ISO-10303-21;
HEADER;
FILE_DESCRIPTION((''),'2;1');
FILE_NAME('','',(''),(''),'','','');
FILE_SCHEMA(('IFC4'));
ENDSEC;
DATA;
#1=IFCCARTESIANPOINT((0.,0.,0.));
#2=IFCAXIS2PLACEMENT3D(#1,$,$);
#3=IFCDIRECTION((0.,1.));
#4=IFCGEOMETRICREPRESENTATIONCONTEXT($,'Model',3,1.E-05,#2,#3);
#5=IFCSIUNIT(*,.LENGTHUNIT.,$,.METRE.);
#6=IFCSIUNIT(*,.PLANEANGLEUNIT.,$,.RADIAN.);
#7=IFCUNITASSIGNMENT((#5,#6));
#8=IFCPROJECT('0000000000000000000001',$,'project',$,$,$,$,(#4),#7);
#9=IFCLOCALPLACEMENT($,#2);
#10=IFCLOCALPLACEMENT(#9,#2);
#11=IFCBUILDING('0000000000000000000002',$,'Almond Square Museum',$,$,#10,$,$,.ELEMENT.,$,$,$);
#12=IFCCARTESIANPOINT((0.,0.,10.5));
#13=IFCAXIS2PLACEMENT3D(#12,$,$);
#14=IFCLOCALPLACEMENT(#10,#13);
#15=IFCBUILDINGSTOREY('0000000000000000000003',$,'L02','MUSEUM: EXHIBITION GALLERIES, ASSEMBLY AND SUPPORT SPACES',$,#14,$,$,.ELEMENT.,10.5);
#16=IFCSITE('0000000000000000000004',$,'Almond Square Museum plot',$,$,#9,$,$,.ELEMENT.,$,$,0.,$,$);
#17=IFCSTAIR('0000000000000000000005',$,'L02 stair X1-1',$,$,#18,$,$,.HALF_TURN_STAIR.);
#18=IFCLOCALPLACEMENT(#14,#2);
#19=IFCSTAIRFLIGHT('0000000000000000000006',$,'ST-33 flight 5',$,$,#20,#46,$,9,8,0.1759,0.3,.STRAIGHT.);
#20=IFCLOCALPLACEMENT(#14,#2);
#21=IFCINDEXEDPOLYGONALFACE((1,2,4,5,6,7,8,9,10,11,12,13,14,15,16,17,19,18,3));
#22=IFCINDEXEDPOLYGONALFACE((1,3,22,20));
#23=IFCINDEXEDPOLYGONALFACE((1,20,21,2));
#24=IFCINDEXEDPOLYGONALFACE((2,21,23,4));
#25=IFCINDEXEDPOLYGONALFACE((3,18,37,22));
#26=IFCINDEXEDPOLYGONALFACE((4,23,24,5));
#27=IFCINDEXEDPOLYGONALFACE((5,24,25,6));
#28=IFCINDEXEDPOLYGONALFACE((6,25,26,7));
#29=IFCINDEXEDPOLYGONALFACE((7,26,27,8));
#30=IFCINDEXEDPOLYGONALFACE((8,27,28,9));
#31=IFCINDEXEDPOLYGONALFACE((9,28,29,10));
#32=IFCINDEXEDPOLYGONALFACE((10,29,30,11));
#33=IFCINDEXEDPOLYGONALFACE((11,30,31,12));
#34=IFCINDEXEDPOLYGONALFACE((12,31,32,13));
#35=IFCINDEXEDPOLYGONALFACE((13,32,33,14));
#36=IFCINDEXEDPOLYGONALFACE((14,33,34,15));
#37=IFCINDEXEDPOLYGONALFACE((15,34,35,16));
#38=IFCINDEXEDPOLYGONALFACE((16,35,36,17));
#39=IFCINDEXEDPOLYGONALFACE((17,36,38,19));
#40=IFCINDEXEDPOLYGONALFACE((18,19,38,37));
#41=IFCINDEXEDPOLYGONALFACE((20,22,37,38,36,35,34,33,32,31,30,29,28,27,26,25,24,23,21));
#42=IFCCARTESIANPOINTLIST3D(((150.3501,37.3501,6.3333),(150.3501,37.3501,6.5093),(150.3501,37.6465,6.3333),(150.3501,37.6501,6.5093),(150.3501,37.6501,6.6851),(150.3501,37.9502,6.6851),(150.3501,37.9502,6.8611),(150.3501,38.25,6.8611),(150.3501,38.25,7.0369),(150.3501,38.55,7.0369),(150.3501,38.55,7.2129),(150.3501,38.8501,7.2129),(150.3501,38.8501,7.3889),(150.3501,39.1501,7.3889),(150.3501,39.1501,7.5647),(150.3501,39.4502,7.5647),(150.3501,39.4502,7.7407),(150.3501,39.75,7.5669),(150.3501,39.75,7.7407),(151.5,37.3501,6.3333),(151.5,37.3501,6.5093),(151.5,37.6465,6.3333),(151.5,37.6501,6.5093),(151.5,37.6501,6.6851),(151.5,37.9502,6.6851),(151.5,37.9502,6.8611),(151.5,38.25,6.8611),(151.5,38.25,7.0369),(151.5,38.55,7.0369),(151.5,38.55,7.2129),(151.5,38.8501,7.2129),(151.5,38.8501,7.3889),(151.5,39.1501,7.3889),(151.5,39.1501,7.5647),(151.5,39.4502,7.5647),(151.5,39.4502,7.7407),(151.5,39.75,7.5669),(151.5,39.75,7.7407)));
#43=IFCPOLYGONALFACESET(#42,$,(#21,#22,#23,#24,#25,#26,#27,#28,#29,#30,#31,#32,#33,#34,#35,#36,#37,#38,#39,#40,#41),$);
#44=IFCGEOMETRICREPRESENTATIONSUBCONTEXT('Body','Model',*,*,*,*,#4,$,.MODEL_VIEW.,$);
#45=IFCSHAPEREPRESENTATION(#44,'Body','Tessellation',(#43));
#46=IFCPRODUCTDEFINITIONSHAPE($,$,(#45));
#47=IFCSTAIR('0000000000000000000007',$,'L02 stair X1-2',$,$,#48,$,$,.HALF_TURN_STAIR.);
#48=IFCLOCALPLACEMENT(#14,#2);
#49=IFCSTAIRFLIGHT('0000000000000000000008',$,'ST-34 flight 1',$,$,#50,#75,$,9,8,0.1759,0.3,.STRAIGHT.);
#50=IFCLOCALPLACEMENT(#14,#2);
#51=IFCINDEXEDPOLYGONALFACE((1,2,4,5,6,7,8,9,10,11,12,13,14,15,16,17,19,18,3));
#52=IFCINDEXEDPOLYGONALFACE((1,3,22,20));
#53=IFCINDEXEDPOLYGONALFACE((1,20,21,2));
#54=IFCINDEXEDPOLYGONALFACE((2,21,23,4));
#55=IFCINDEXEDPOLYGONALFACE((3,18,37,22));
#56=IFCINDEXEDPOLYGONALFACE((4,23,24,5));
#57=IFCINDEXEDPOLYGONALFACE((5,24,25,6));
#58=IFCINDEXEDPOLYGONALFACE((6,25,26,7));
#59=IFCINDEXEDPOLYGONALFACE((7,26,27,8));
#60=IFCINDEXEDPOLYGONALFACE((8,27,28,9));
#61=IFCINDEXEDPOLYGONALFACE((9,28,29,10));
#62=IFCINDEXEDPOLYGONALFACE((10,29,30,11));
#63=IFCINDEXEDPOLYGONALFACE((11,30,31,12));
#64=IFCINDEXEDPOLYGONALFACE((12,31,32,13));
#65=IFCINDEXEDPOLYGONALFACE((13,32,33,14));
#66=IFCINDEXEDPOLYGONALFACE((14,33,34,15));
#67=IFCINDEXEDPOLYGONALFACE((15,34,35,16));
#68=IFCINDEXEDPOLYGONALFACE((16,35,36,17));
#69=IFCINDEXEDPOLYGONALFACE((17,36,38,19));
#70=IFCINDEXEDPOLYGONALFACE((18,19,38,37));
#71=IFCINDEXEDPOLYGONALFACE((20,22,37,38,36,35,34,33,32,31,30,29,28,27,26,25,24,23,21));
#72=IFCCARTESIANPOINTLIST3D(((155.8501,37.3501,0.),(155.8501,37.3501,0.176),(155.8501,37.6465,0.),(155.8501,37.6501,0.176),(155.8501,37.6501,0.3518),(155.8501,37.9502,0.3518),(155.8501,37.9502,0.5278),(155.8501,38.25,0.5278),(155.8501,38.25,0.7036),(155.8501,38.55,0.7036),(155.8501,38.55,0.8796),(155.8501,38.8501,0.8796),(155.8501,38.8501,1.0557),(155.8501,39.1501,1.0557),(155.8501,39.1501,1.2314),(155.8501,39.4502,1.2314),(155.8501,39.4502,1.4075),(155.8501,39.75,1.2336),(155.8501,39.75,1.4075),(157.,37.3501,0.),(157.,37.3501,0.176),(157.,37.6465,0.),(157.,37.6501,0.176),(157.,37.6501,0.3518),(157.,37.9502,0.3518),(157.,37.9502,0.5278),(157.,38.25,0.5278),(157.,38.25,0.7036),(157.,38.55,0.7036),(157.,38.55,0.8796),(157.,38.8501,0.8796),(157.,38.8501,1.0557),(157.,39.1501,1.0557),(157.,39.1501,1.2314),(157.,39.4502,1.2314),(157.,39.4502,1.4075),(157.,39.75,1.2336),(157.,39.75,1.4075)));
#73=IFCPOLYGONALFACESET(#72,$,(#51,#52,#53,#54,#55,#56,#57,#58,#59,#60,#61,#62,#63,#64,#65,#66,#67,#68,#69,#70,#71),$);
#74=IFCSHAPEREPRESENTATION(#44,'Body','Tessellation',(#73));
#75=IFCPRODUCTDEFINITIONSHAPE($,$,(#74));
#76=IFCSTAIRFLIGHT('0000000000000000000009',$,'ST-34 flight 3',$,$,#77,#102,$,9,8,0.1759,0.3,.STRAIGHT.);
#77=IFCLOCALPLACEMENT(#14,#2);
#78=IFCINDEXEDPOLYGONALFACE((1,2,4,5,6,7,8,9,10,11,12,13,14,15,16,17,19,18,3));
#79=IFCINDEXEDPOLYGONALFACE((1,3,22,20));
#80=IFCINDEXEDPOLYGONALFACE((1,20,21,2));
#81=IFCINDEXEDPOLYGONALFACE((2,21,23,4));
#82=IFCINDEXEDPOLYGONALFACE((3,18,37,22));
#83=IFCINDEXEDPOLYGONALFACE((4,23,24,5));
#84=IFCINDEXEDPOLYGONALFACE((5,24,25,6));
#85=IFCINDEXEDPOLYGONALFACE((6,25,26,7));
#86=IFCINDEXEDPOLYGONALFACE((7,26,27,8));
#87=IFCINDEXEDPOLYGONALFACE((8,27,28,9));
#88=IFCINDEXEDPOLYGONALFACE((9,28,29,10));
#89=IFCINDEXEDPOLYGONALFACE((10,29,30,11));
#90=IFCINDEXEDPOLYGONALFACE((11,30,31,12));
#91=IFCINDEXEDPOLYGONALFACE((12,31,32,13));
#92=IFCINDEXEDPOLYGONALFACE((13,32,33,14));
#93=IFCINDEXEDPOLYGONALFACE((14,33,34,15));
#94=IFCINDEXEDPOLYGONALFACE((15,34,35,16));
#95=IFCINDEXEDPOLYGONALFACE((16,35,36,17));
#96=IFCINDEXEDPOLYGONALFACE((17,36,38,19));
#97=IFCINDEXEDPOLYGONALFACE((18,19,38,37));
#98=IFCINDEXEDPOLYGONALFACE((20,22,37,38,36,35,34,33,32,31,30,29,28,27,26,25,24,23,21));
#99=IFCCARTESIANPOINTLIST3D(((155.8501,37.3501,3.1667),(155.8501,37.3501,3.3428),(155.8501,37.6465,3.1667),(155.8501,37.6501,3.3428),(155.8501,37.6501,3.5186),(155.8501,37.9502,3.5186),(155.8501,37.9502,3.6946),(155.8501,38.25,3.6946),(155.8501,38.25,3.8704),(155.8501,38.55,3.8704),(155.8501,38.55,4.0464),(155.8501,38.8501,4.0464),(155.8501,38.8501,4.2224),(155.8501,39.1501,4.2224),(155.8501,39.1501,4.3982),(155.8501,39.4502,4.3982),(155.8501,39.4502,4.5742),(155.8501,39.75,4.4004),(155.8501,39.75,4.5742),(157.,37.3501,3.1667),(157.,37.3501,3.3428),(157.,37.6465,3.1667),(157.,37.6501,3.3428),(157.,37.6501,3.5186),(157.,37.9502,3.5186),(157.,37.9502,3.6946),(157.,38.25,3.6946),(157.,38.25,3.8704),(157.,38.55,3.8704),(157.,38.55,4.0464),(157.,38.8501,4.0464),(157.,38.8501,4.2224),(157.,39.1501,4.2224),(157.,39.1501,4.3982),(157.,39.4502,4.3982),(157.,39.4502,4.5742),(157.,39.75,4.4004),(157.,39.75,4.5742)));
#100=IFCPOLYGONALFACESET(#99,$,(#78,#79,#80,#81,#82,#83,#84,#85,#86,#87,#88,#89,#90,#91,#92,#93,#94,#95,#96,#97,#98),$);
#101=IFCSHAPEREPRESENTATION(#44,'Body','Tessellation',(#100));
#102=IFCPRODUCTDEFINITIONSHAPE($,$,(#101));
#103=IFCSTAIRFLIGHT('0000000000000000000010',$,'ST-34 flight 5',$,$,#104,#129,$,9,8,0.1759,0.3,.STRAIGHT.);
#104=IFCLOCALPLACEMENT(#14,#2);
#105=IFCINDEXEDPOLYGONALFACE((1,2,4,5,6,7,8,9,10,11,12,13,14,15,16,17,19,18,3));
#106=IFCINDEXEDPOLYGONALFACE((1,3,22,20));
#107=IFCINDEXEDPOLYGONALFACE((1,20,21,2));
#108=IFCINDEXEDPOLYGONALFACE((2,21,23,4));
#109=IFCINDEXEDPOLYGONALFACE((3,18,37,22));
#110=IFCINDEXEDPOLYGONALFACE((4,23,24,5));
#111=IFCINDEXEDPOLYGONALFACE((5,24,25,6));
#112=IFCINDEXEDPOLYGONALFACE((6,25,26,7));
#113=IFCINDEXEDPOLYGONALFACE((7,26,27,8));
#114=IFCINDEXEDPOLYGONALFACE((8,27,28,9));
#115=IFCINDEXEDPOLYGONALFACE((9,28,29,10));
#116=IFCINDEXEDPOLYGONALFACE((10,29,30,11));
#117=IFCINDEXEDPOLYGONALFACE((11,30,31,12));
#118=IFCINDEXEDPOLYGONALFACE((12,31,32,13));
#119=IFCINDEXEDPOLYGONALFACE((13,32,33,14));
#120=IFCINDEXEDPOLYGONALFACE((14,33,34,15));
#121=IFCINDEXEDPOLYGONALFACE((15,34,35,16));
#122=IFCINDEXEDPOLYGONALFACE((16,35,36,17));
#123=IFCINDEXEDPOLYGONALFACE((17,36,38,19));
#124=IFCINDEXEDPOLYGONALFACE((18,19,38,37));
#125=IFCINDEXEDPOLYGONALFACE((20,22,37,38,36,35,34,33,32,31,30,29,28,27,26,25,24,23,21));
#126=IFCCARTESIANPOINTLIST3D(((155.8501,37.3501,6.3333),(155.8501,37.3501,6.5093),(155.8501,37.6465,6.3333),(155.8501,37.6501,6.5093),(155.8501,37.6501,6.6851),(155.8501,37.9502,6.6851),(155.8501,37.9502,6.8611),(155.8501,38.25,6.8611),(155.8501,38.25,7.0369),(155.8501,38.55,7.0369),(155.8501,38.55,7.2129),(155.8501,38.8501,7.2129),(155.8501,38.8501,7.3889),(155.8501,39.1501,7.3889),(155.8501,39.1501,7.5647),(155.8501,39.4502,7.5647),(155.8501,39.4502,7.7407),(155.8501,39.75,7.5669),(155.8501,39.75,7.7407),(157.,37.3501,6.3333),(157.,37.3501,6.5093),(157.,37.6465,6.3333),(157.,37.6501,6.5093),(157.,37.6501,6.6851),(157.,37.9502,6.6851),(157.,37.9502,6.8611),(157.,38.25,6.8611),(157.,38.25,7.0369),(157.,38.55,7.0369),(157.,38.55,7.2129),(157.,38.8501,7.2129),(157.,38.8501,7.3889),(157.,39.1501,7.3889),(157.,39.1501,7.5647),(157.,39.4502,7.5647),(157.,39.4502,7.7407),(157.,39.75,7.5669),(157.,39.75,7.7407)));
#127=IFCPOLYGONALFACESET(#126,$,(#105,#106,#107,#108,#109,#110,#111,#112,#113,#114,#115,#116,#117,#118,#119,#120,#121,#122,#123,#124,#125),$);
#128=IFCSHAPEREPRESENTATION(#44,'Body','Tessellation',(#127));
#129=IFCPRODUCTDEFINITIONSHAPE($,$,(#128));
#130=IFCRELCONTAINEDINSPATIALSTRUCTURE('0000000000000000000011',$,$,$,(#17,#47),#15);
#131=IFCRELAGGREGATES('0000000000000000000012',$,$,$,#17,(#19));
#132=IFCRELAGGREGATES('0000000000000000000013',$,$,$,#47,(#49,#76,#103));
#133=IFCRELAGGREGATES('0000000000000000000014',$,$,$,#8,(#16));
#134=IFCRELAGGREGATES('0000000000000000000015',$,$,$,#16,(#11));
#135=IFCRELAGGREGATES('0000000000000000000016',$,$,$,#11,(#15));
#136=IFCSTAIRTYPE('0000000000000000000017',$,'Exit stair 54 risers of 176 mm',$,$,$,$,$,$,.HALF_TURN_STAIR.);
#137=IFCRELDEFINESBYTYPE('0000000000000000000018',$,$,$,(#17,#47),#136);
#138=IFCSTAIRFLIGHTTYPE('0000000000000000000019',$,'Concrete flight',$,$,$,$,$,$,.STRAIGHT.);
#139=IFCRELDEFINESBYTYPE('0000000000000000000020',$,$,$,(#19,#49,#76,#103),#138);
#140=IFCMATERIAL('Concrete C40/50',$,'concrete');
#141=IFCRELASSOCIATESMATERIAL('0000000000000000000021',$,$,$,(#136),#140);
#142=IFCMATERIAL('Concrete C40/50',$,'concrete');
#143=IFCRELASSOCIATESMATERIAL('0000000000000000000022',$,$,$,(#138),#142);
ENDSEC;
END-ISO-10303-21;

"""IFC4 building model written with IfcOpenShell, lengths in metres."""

from ifc_helpers import new_model, si_unit, direction, frame, origin, place, context, subcontext, project, spatial, polyline, outline, extrude, material, type_object, element, aggregate, save


model = new_model("IFC4")

# Units and contexts
model_context = context("Model", 3, precision=1e-05, world=origin(), true_north=direction((0.0, 1.0)))
body_context = subcontext(model_context, "Body", "Model", "MODEL_VIEW")
ifc_project = project(units=[si_unit("LENGTHUNIT", "METRE"), si_unit("PLANEANGLEUNIT", "RADIAN")], contexts=[model_context])

# Site, building, storey
site_placement = place(None, origin())
site = spatial("IfcSite", under=ifc_project, at=site_placement, Name="Almond Square Museum plot", CompositionType="ELEMENT", RefElevation=0.0)
building_placement = place(site_placement, origin())
building = spatial("IfcBuilding", under=site, at=building_placement, Name="Almond Square Museum", CompositionType="ELEMENT")
storey_placement = place(building_placement, frame((0.0, 0.0, 10.5)))
storey = spatial("IfcBuildingStorey", under=building, at=storey_placement, Name="L02", Description="MUSEUM: EXHIBITION GALLERIES, ASSEMBLY AND SUPPORT SPACES", CompositionType="ELEMENT", Elevation=10.5)

# Stairs, stair flights
ifc_material_1 = material(Name="Concrete C40/50", Category="concrete")
stair_type = type_object("IfcStairType", Name="Exit stair 54 risers of 176 mm", PredefinedType="HALF_TURN_STAIR", material=ifc_material_1)
stair_1_placement = place(storey_placement, origin())
stair_1 = element("IfcStair", 1, at=stair_1_placement, inside=storey, type_object=stair_type, Name="L02 stair X1-1", PredefinedType="HALF_TURN_STAIR")
ifc_material_2 = material(Name="Concrete C40/50", Category="concrete")
stair_flight_type = type_object("IfcStairFlightType", Name="Concrete flight", PredefinedType="STRAIGHT", material=ifc_material_2)
stair_flight_1_placement = place(storey_placement, frame((150.925, 37.3501, 6.3333), z_axis=(0.0, 0.0, 1.0), x_axis=(0.0, 1.0, 0.0)))
stair_flight_1 = element("IfcStairFlight", 2, at=stair_flight_1_placement, type_object=stair_flight_type, Name="ST-33 flight 5", NumberOfRisers=9, NumberOfTreads=8, PredefinedType="STRAIGHT", RiserHeight=0.1759, TreadLength=0.3, context=body_context, shape_type="SweptSolid", body=[
    extrude(outline(polyline([(0.0, 0.0), (0.0, 0.176), (0.3, 0.176), (0.3, 0.3518), (0.6001, 0.3518), (0.6001, 0.5278), (0.8999, 0.5278), (0.8999, 0.7036), (1.2, 0.7036), (1.2, 0.8796), (1.5, 0.8796), (1.5, 1.0557), (1.8, 1.0557), (1.8, 1.2314), (2.1001, 1.2314), (2.1001, 1.4075), (2.3999, 1.4075), (2.3999, 1.5833), (2.3999, 1.2336), (0.2964, 0.0), (0.0, 0.0)])), frame((0.0, 0.575, 0.0), z_axis=(0.0, -1.0, 0.0), x_axis=(1.0, 0.0, 0.0)), (0.0, 0.0, 1.0), 1.1499),
])
aggregate(stair_1, [stair_flight_1])
stair_2_placement = place(storey_placement, origin())
stair_2 = element("IfcStair", 3, at=stair_2_placement, inside=storey, type_object=stair_type, Name="L02 stair X1-2", PredefinedType="HALF_TURN_STAIR")
stair_flight_2_placement = place(storey_placement, frame((156.425, 37.3501, 0.0), z_axis=(0.0, 0.0, 1.0), x_axis=(0.0, 1.0, 0.0)))
stair_flight_2 = element("IfcStairFlight", 4, at=stair_flight_2_placement, type_object=stair_flight_type, Name="ST-34 flight 1", NumberOfRisers=9, NumberOfTreads=8, PredefinedType="STRAIGHT", RiserHeight=0.1759, TreadLength=0.3, context=body_context, shape_type="SweptSolid", body=[
    extrude(outline(polyline([(0.0, 0.0), (0.0, 0.176), (0.3, 0.176), (0.3, 0.3518), (0.6001, 0.3518), (0.6001, 0.5278), (0.8999, 0.5278), (0.8999, 0.7036), (1.2, 0.7036), (1.2, 0.8796), (1.5, 0.8796), (1.5, 1.0557), (1.8, 1.0557), (1.8, 1.2314), (2.1001, 1.2314), (2.1001, 1.4075), (2.3999, 1.4075), (2.3999, 1.5833), (2.3999, 1.2336), (0.2964, 0.0), (0.0, 0.0)])), frame((0.0, 0.575, 0.0), z_axis=(0.0, -1.0, 0.0), x_axis=(1.0, 0.0, 0.0)), (0.0, 0.0, 1.0), 1.1499),
])
stair_flight_3_placement = place(storey_placement, frame((156.425, 37.3501, 3.1667), z_axis=(0.0, 0.0, 1.0), x_axis=(0.0, 1.0, 0.0)))
stair_flight_3 = element("IfcStairFlight", 5, at=stair_flight_3_placement, type_object=stair_flight_type, Name="ST-34 flight 3", NumberOfRisers=9, NumberOfTreads=8, PredefinedType="STRAIGHT", RiserHeight=0.1759, TreadLength=0.3, context=body_context, shape_type="SweptSolid", body=[
    extrude(outline(polyline([(0.0, 0.0), (0.0, 0.176), (0.3, 0.176), (0.3, 0.3518), (0.6001, 0.3518), (0.6001, 0.5278), (0.8999, 0.5278), (0.8999, 0.7036), (1.2, 0.7036), (1.2, 0.8796), (1.5, 0.8796), (1.5, 1.0557), (1.8, 1.0557), (1.8, 1.2314), (2.1001, 1.2314), (2.1001, 1.4075), (2.3999, 1.4075), (2.3999, 1.5833), (2.3999, 1.2336), (0.2964, 0.0), (0.0, 0.0)])), frame((0.0, 0.575, 0.0), z_axis=(0.0, -1.0, 0.0), x_axis=(1.0, 0.0, 0.0)), (0.0, 0.0, 1.0), 1.1499),
])
stair_flight_4_placement = place(storey_placement, frame((156.425, 37.3501, 6.3333), z_axis=(0.0, 0.0, 1.0), x_axis=(0.0, 1.0, 0.0)))
stair_flight_4 = element("IfcStairFlight", 6, at=stair_flight_4_placement, type_object=stair_flight_type, Name="ST-34 flight 5", NumberOfRisers=9, NumberOfTreads=8, PredefinedType="STRAIGHT", RiserHeight=0.1759, TreadLength=0.3, context=body_context, shape_type="SweptSolid", body=[
    extrude(outline(polyline([(0.0, 0.0), (0.0, 0.176), (0.3, 0.176), (0.3, 0.3518), (0.6001, 0.3518), (0.6001, 0.5278), (0.8999, 0.5278), (0.8999, 0.7036), (1.2, 0.7036), (1.2, 0.8796), (1.5, 0.8796), (1.5, 1.0557), (1.8, 1.0557), (1.8, 1.2314), (2.1001, 1.2314), (2.1001, 1.4075), (2.3999, 1.4075), (2.3999, 1.5833), (2.3999, 1.2336), (0.2964, 0.0), (0.0, 0.0)])), frame((0.0, 0.575, 0.0), z_axis=(0.0, -1.0, 0.0), x_axis=(1.0, 0.0, 0.0)), (0.0, 0.0, 1.0), 1.1499),
])
aggregate(stair_2, [stair_flight_2, stair_flight_3, stair_flight_4])

save(model, "model.ifc")
